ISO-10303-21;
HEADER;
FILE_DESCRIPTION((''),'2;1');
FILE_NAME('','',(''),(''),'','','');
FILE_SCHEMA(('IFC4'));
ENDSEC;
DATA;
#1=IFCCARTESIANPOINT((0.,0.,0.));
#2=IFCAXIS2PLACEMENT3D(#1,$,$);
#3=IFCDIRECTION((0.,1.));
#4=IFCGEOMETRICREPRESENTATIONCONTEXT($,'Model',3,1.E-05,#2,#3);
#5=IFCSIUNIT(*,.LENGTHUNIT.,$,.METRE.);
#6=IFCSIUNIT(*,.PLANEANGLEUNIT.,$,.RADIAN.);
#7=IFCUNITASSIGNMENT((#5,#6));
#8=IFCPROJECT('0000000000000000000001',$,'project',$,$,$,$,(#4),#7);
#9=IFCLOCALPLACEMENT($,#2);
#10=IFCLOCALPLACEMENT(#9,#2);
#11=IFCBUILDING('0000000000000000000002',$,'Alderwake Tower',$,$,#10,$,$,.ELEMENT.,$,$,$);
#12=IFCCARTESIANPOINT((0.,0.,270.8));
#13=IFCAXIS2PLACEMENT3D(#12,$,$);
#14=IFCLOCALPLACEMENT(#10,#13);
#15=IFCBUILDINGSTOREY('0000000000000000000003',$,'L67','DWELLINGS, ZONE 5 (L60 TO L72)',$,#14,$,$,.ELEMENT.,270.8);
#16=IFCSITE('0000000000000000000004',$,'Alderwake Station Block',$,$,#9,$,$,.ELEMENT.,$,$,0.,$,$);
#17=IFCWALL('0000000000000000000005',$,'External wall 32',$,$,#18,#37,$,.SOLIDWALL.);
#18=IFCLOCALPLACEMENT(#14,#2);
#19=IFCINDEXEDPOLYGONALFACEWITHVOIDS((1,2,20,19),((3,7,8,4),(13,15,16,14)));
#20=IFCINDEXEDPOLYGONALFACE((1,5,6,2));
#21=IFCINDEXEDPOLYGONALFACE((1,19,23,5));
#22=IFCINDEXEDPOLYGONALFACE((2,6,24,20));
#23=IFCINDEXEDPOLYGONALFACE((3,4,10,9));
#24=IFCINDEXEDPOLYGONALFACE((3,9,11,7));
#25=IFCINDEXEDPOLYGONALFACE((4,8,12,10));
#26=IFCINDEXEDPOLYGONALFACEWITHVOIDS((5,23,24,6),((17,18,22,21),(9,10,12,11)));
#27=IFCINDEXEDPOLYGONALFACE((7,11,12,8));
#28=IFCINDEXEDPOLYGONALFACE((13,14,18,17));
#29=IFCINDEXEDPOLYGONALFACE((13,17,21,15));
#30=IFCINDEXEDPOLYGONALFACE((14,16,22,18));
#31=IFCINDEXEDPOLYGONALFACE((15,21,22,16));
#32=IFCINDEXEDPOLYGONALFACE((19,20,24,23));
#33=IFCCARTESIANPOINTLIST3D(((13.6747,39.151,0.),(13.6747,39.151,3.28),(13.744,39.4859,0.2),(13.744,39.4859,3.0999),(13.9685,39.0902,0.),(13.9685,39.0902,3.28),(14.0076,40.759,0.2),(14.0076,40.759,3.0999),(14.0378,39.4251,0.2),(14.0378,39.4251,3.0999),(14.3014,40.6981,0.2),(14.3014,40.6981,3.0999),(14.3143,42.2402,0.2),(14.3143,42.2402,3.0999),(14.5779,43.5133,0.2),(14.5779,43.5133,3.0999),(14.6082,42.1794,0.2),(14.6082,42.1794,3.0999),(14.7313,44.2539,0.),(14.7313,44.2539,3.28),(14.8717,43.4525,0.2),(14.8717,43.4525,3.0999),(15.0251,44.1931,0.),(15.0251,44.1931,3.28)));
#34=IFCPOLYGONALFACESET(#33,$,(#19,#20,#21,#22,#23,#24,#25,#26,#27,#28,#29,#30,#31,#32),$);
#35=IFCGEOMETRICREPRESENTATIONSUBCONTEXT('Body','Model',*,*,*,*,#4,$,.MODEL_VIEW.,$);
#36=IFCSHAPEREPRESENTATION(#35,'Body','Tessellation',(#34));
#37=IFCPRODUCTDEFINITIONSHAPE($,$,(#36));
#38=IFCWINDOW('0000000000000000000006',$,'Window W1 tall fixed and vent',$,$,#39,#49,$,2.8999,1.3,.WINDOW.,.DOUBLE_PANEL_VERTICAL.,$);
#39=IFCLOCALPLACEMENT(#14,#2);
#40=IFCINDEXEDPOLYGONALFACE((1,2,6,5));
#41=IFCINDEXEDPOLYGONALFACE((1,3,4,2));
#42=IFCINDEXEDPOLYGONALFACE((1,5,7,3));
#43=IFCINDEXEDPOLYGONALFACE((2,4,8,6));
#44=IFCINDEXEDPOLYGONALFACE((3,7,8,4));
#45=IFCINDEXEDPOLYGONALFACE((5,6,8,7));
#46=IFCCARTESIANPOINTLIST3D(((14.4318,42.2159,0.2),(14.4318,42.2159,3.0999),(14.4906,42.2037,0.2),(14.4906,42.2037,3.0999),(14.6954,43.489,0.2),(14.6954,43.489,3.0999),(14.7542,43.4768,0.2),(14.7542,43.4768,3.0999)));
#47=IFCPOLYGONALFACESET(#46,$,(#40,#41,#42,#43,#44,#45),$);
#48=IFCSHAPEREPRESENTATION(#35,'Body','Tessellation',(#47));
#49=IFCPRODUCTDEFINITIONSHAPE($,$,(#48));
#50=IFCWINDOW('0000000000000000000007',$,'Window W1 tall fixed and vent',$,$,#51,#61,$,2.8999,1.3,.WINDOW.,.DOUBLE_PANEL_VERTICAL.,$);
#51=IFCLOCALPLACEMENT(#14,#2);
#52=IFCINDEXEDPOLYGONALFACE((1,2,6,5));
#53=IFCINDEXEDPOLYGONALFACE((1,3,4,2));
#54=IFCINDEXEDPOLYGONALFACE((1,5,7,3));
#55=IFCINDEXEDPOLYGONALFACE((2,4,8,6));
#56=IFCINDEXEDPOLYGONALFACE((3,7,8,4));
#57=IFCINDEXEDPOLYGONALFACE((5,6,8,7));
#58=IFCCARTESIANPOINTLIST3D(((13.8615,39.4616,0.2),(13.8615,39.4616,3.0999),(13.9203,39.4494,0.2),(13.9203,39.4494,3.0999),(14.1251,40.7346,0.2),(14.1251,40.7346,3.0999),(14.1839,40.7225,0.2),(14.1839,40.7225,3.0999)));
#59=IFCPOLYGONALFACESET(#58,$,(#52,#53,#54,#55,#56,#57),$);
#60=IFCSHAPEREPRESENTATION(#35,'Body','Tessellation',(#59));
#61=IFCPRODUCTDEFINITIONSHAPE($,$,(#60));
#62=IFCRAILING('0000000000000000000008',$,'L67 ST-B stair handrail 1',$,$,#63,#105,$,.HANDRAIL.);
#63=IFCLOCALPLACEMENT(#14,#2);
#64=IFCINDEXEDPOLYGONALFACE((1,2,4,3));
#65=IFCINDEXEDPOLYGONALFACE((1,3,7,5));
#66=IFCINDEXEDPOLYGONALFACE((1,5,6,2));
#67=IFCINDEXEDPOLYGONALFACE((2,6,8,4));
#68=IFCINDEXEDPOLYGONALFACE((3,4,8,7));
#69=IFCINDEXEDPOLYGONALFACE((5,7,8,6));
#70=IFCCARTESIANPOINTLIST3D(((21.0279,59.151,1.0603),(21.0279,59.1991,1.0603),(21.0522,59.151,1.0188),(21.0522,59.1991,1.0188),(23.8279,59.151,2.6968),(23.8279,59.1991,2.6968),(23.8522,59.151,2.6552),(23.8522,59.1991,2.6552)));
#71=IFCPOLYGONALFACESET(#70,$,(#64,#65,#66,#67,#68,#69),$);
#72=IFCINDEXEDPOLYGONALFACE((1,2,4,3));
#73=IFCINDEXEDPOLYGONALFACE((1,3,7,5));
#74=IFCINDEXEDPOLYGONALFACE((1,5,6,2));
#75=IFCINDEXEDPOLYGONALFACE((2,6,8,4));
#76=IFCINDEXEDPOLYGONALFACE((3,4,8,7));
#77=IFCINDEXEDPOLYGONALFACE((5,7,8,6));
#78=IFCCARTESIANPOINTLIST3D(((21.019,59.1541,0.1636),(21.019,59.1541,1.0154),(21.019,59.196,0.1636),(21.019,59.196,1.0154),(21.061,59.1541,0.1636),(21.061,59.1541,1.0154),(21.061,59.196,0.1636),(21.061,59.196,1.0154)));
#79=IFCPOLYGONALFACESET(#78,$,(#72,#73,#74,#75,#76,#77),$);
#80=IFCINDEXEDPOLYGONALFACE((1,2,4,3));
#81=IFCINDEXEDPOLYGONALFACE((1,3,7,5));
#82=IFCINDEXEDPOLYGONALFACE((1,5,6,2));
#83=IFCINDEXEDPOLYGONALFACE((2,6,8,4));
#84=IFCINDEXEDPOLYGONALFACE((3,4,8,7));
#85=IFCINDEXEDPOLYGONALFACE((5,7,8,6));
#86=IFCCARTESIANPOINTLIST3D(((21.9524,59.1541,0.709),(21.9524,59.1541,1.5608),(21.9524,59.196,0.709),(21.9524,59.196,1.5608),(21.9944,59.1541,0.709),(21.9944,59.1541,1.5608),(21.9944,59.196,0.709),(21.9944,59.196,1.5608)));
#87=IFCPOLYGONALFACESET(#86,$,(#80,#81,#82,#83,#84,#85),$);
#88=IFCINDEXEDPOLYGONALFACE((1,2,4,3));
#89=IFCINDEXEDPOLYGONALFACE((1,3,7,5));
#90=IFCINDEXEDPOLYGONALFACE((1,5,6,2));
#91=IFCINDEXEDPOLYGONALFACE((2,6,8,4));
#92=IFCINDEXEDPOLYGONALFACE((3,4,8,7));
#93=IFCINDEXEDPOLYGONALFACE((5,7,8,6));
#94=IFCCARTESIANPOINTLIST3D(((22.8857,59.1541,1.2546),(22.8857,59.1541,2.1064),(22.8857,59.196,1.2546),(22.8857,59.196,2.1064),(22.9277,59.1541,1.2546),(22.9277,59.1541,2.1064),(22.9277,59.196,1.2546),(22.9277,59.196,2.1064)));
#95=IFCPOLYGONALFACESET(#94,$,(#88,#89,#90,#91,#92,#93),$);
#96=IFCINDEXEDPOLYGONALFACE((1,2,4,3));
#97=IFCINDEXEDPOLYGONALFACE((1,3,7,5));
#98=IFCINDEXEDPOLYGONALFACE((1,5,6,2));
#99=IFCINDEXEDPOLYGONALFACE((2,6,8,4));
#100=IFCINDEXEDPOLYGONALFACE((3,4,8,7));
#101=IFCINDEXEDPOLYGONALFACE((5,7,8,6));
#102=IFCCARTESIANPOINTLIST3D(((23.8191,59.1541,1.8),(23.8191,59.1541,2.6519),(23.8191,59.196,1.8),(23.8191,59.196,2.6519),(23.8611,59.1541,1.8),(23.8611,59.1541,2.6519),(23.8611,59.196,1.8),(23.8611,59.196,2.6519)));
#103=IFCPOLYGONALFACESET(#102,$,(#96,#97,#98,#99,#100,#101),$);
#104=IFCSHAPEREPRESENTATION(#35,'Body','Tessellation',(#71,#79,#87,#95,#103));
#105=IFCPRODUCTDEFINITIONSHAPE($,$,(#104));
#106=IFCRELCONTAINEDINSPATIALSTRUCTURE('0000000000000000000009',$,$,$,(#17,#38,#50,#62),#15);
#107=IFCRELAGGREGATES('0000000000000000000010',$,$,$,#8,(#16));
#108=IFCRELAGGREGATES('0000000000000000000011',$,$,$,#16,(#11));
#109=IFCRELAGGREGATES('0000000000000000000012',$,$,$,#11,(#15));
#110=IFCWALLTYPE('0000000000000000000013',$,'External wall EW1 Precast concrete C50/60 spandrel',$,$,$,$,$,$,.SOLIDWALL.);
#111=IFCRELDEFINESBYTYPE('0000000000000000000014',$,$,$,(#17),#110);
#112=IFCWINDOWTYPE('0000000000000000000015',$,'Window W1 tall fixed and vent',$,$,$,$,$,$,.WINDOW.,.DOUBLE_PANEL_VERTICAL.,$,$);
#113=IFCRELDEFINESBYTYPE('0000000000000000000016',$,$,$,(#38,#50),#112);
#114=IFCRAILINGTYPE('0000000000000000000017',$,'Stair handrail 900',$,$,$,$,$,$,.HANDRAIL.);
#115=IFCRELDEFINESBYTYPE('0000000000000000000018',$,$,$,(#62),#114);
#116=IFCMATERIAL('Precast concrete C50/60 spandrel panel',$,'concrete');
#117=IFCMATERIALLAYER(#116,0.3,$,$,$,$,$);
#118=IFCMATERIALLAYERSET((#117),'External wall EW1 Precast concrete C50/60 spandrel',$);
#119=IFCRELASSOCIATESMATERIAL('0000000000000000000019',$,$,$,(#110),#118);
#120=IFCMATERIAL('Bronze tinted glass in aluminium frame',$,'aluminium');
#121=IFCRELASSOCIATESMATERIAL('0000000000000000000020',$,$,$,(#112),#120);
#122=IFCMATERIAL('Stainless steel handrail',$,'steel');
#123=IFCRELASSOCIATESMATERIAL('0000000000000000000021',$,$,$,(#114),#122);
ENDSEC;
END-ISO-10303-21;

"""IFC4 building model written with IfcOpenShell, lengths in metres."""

from ifc_helpers import new_model, si_unit, direction, frame, frame_2d, origin, origin_with_axes, origin_2d, place, context, subcontext, project, spatial, rectangle, extrude, material, layer, layer_set, type_object, element, fill, save


model = new_model("IFC4")

# Units and contexts
model_context = context("Model", 3, precision=1e-05, world=origin(), true_north=direction((0.0, 1.0)))
body_context = subcontext(model_context, "Body", "Model", "MODEL_VIEW")
ifc_project = project(units=[si_unit("LENGTHUNIT", "METRE"), si_unit("PLANEANGLEUNIT", "RADIAN")], contexts=[model_context])

# Site, building, storey
site_placement = place(None, origin())
site = spatial("IfcSite", under=ifc_project, at=site_placement, Name="Alderwake Station Block", CompositionType="ELEMENT", RefElevation=0.0)
building_placement = place(site_placement, origin())
building = spatial("IfcBuilding", under=site, at=building_placement, Name="Alderwake Tower", CompositionType="ELEMENT")
storey_placement = place(building_placement, frame((0.0, 0.0, 270.8)))
storey = spatial("IfcBuildingStorey", under=building, at=storey_placement, Name="L67", Description="DWELLINGS, ZONE 5 (L60 TO L72)", CompositionType="ELEMENT", Elevation=270.8)

# Wall, openings, windows
ifc_material_1 = material(Name="Precast concrete C50/60 spandrel panel", Category="concrete")
ifc_layer_1 = layer(ifc_material_1, 0.3)
ifc_layer_set_1 = layer_set([ifc_layer_1], Name="External wall EW1 Precast concrete C50/60 spandrel")
wall_type_1 = type_object("IfcWallType", Name="External wall EW1 Precast concrete C50/60 spandrel", PredefinedType="SOLIDWALL", material=ifc_layer_set_1)
wall_1_placement = place(storey_placement, frame((14.8782, 44.2234, 0.0), z_axis=(0.0, 0.0, 1.0), x_axis=(-0.202761, -0.979228, 0.0)))
wall_1 = element("IfcWall", 1, at=wall_1_placement, inside=storey, type_object=wall_type_1, Name="External wall 32", PredefinedType="SOLIDWALL", context=body_context, shape_type="SweptSolid", body=[
    extrude(rectangle(XDim=5.2112, YDim=0.3, at=frame_2d((2.6055, 0.0))), origin(), (0.0, 0.0, 1.0), 3.28),
])
opening_1_placement = place(wall_1_placement, frame((0.7563, 0.0, 0.2)))
opening_1 = element("IfcOpeningElement", 2, at=opening_1_placement, cuts=wall_1, PredefinedType="OPENING", context=body_context, shape_type="SweptSolid", body=[
    extrude(rectangle(XDim=1.3, YDim=2.8999, at=frame_2d((0.6499, 1.45))), frame((0.0, 0.1599, 0.0), z_axis=(0.0, -1.0, 0.0), x_axis=(1.0, 0.0, 0.0)), (0.0, 0.0, 1.0), 0.3201),
])
opening_2_placement = place(wall_1_placement, frame((3.5691, 0.0, 0.2)))
opening_2 = element("IfcOpeningElement", 3, at=opening_2_placement, cuts=wall_1, PredefinedType="OPENING", context=body_context, shape_type="SweptSolid", body=[
    extrude(rectangle(XDim=1.3, YDim=2.8999, at=frame_2d((0.6499, 1.45))), frame((0.0, 0.1599, 0.0), z_axis=(0.0, -1.0, 0.0), x_axis=(1.0, 0.0, 0.0)), (0.0, 0.0, 1.0), 0.3201),
])
ifc_material_2 = material(Name="Bronze tinted glass in aluminium frame", Category="aluminium")
window_type = type_object("IfcWindowType", Name="Window W1 tall fixed and vent", PartitioningType="DOUBLE_PANEL_VERTICAL", PredefinedType="WINDOW", material=ifc_material_2)
window_1_placement = place(opening_1_placement, origin())
window_1 = element("IfcWindow", 4, at=window_1_placement, inside=storey, type_object=window_type, Name="Window W1 tall fixed and vent", OverallHeight=2.8999, OverallWidth=1.3, PartitioningType="DOUBLE_PANEL_VERTICAL", PredefinedType="WINDOW", context=body_context, shape_type="SweptSolid", body=[
    extrude(rectangle(XDim=1.3, YDim=2.8999, at=frame_2d((0.6499, 1.45))), frame((0.0, 0.03, 0.0), z_axis=(0.0, -1.0, 0.0), x_axis=(1.0, 0.0, 0.0)), (0.0, 0.0, 1.0), 0.0601),
])
fill(opening_1, window_1)
window_2_placement = place(opening_2_placement, origin())
window_2 = element("IfcWindow", 5, at=window_2_placement, inside=storey, type_object=window_type, Name="Window W1 tall fixed and vent", OverallHeight=2.8999, OverallWidth=1.3, PartitioningType="DOUBLE_PANEL_VERTICAL", PredefinedType="WINDOW", context=body_context, shape_type="SweptSolid", body=[
    extrude(rectangle(XDim=1.3, YDim=2.8999, at=frame_2d((0.6499, 1.45))), frame((0.0, 0.03, 0.0), z_axis=(0.0, -1.0, 0.0), x_axis=(1.0, 0.0, 0.0)), (0.0, 0.0, 1.0), 0.0601),
])
fill(opening_2, window_2)

# Railing
ifc_material_3 = material(Name="Stainless steel handrail", Category="steel")
railing_type = type_object("IfcRailingType", Name="Stair handrail 900", PredefinedType="HANDRAIL", material=ifc_material_3)
railing_placement = place(storey_placement, frame((21.04, 59.175, 0.1636)))
element("IfcRailing", 6, at=railing_placement, inside=storey, type_object=railing_type, Name="L67 ST-B stair handrail 1", PredefinedType="HANDRAIL", context=body_context, shape_type="SweptSolid", body=[
    extrude(rectangle(XDim=0.0481, YDim=0.0481, at=origin_2d()), frame((0.0, 0.0, 0.876), z_axis=(0.863361, 0.0, 0.504587), x_axis=(0.0, 1.0, 0.0)), (0.0, 0.0, 1.0), 3.2432),
    extrude(rectangle(XDim=0.042, YDim=0.042, at=origin_2d()), origin_with_axes(), (0.0, 0.0, 1.0), 0.8518),
    extrude(rectangle(XDim=0.042, YDim=0.042, at=origin_2d()), frame((0.9333, 0.0, 0.5454), z_axis=(0.0, 0.0, 1.0), x_axis=(1.0, 0.0, 0.0)), (0.0, 0.0, 1.0), 0.8518),
    extrude(rectangle(XDim=0.042, YDim=0.042, at=origin_2d()), frame((1.8667, 0.0, 1.0911), z_axis=(0.0, 0.0, 1.0), x_axis=(1.0, 0.0, 0.0)), (0.0, 0.0, 1.0), 0.8518),
    extrude(rectangle(XDim=0.042, YDim=0.042, at=origin_2d()), frame((2.8, 0.0, 1.6365), z_axis=(0.0, 0.0, 1.0), x_axis=(1.0, 0.0, 0.0)), (0.0, 0.0, 1.0), 0.8518),
])

save(model, "model.ifc")
